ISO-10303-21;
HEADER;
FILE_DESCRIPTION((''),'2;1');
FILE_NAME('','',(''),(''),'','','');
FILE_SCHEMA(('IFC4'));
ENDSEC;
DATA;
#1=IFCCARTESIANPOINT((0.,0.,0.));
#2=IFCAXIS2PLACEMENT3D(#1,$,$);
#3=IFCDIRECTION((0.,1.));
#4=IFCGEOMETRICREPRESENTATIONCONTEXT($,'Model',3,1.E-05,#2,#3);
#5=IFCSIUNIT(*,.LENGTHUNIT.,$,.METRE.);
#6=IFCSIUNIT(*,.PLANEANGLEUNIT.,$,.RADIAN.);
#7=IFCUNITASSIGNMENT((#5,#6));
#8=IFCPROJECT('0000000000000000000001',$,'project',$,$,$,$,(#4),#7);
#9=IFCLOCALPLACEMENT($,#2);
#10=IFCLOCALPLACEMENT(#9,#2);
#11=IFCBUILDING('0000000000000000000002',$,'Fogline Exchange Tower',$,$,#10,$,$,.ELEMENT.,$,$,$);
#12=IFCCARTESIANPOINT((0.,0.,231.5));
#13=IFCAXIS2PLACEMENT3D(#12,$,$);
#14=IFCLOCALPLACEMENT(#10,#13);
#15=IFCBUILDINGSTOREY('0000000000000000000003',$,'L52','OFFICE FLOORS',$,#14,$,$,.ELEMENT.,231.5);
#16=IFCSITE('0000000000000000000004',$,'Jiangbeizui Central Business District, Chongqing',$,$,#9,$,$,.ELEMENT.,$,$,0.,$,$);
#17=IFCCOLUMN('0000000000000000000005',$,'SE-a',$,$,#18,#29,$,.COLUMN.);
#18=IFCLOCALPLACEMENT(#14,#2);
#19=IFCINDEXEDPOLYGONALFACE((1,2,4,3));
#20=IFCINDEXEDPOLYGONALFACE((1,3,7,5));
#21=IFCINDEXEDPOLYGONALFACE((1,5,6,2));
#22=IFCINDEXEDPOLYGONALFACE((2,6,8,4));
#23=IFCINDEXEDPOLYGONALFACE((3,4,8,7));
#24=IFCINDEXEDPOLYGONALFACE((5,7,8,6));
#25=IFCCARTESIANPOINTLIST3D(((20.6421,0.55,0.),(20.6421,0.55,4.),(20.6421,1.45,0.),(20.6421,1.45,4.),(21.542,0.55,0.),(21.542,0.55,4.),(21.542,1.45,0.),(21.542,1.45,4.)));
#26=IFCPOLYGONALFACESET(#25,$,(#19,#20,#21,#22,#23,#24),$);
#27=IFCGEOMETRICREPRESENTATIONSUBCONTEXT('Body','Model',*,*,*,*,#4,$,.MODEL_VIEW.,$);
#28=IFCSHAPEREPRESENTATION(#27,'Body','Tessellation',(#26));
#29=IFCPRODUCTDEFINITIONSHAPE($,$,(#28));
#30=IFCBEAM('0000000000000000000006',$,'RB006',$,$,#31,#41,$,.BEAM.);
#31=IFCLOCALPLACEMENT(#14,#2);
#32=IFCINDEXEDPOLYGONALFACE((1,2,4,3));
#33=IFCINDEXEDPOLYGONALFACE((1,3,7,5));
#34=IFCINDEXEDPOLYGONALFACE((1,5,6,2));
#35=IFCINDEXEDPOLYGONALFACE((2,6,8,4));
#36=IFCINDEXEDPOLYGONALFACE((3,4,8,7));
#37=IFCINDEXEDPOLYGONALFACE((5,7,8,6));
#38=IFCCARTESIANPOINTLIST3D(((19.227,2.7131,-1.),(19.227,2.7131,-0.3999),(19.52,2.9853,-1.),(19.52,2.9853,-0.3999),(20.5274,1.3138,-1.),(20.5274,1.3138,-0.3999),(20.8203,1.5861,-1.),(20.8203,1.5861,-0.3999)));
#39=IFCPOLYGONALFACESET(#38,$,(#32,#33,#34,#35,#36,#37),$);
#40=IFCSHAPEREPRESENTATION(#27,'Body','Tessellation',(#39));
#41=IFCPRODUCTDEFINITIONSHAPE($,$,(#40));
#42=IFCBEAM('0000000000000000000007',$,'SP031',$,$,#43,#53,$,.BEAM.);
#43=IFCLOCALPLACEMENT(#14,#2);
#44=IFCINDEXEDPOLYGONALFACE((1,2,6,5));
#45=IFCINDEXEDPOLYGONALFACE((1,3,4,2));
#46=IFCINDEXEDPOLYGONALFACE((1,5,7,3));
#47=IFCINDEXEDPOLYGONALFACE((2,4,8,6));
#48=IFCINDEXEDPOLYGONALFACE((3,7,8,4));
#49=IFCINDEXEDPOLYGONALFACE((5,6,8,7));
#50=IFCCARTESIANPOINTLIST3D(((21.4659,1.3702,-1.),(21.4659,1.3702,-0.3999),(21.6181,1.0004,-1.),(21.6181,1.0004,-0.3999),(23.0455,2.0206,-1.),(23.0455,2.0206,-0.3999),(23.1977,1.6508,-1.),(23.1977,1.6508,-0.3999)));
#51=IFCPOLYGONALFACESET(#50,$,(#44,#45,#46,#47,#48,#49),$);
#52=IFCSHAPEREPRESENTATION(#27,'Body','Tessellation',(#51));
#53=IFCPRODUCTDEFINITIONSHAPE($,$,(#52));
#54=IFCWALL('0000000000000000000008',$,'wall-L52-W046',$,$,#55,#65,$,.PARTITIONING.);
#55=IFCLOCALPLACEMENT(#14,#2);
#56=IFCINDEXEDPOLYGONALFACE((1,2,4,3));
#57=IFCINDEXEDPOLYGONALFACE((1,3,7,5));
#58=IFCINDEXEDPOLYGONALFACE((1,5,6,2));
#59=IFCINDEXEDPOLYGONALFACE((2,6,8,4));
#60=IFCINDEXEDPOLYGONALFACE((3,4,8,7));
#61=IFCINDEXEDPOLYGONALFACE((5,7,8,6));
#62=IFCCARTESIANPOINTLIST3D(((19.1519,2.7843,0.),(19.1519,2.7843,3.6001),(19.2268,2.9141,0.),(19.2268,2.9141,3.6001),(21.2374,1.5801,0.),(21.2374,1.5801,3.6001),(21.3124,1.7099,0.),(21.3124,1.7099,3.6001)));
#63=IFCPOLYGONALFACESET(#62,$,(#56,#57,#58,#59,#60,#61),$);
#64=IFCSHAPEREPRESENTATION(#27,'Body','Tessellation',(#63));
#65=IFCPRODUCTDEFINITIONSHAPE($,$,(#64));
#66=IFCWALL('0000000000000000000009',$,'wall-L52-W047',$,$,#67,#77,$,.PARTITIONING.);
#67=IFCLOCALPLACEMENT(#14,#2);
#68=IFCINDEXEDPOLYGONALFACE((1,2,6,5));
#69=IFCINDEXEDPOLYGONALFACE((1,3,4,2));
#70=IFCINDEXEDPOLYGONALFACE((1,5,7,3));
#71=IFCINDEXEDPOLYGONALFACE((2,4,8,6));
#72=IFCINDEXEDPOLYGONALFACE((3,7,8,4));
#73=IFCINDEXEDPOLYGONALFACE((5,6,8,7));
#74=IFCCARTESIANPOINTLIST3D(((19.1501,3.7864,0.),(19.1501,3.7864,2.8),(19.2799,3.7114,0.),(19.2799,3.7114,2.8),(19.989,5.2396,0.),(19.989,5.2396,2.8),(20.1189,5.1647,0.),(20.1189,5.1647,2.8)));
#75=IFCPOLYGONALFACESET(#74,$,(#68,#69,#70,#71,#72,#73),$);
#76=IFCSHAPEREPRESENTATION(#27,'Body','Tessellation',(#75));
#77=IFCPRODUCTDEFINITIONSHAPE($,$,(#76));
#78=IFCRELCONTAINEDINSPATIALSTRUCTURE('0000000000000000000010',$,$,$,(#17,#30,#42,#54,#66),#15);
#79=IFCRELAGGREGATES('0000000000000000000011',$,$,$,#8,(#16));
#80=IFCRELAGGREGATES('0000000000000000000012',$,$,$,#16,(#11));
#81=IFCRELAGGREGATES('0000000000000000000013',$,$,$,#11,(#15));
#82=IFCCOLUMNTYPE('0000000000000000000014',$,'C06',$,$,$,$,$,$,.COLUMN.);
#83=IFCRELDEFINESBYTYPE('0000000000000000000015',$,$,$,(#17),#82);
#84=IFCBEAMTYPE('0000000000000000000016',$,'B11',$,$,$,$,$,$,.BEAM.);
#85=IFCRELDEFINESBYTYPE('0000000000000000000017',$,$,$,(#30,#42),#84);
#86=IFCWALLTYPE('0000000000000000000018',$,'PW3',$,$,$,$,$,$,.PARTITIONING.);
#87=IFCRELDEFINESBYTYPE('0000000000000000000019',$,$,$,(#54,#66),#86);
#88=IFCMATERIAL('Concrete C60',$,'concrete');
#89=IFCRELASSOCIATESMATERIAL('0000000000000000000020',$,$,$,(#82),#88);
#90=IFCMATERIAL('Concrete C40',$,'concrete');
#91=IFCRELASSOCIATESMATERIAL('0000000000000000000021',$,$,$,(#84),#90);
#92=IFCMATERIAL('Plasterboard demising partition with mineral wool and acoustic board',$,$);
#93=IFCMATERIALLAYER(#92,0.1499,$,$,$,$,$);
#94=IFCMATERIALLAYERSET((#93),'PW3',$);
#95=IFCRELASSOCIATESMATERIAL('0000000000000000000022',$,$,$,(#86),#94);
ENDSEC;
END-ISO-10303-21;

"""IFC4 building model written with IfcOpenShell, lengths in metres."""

from ifc_helpers import new_model, si_unit, direction, frame, frame_2d, origin, origin_2d, place, context, subcontext, project, spatial, rectangle, extrude, material, layer, layer_set, material_profile, profile_set, type_object, element, save


model = new_model("IFC4")

# Units and contexts
model_context = context("Model", 3, precision=1e-05, world=origin(), true_north=direction((0.0, 1.0)))
body_context = subcontext(model_context, "Body", "Model", "MODEL_VIEW")
ifc_project = project(units=[si_unit("LENGTHUNIT", "METRE"), si_unit("PLANEANGLEUNIT", "RADIAN")], contexts=[model_context])

# Site, building, storey
site_placement = place(None, origin())
site = spatial("IfcSite", under=ifc_project, at=site_placement, Name="Jiangbeizui Central Business District, Chongqing", CompositionType="ELEMENT", RefElevation=0.0)
building_placement = place(site_placement, origin())
building = spatial("IfcBuilding", under=site, at=building_placement, Name="Fogline Exchange Tower", CompositionType="ELEMENT")
storey_placement = place(building_placement, frame((0.0, 0.0, 231.5)))
storey = spatial("IfcBuildingStorey", under=building, at=storey_placement, Name="L52", Description="OFFICE FLOORS", CompositionType="ELEMENT", Elevation=231.5)

# Column
ifc_material_1 = material(Name="Concrete C60", Category="concrete")
ifc_material_profile_1 = material_profile(ifc_material_1, rectangle(XDim=0.8999, YDim=0.8999, at=origin_2d()), Name="RC 900x900")
ifc_profile_set_1 = profile_set([ifc_material_profile_1], Name="Concrete C60")
column_type = type_object("IfcColumnType", Name="C06", PredefinedType="COLUMN", material=ifc_profile_set_1)
column_placement = place(storey_placement, frame((21.092, 1.0, 0.0), z_axis=(0.0, 0.0, 1.0), x_axis=(1.0, 0.0, 0.0)))
element("IfcColumn", 1, at=column_placement, inside=storey, type_object=column_type, Name="SE-a", PredefinedType="COLUMN", context=body_context, shape_type="SweptSolid", body=[
    extrude(rectangle(XDim=0.8999, YDim=0.8999, at=origin_2d()), origin(), (0.0, 0.0, 1.0), 4.0),
])

# Beams
ifc_material_2 = material(Name="Concrete C40", Category="concrete")
ifc_material_profile_2 = material_profile(ifc_material_2, rectangle(XDim=0.3999, YDim=0.6001, at=origin_2d()), Name="RC 400x600")
ifc_profile_set_2 = profile_set([ifc_material_profile_2], Name="Concrete C40")
beam_type = type_object("IfcBeamType", Name="B11", PredefinedType="BEAM", material=ifc_profile_set_2)
beam_1_placement = place(storey_placement, frame((20.6738, 1.45, -0.7), z_axis=(-0.68075, 0.732516, 0.0), x_axis=(-0.732516, -0.68075, 0.0)))
element("IfcBeam", 2, at=beam_1_placement, inside=storey, type_object=beam_type, Name="RB006", PredefinedType="BEAM", context=body_context, shape_type="SweptSolid", body=[
    extrude(rectangle(XDim=0.3999, YDim=0.6001, at=origin_2d()), origin(), (0.0, 0.0, 1.0), 1.9102),
])
beam_2_placement = place(storey_placement, frame((21.542, 1.1853, -0.7), z_axis=(0.924684, 0.380735, 0.0), x_axis=(-0.380735, 0.924684, 0.0)))
element("IfcBeam", 3, at=beam_2_placement, inside=storey, type_object=beam_type, Name="SP031", PredefinedType="BEAM", context=body_context, shape_type="SweptSolid", body=[
    extrude(rectangle(XDim=0.3999, YDim=0.6001, at=origin_2d()), origin(), (0.0, 0.0, 1.0), 1.7083),
])

# Walls
ifc_material_3 = material(Name="Plasterboard demising partition with mineral wool and acoustic board")
ifc_layer_1 = layer(ifc_material_3, 0.1499)
ifc_layer_set_1 = layer_set([ifc_layer_1], Name="PW3")
wall_type_1 = type_object("IfcWallType", Name="PW3", PredefinedType="PARTITIONING", material=ifc_layer_set_1)
wall_1_placement = place(storey_placement, frame((21.2749, 1.645, 0.0), z_axis=(0.0, 0.0, 1.0), x_axis=(-0.866013, 0.500021, 0.0)))
element("IfcWall", 4, at=wall_1_placement, inside=storey, type_object=wall_type_1, Name="wall-L52-W046", PredefinedType="PARTITIONING", context=body_context, shape_type="SweptSolid", body=[
    extrude(rectangle(XDim=2.4082, YDim=0.1499, at=frame_2d((1.2041, 0.0))), origin(), (0.0, 0.0, 1.0), 3.6001),
])
wall_2_placement = place(storey_placement, frame((19.2151, 3.749, 0.0), z_axis=(0.0, 0.0, 1.0), x_axis=(0.499958, 0.86605, 0.0)))
element("IfcWall", 5, at=wall_2_placement, inside=storey, type_object=wall_type_1, Name="wall-L52-W047", PredefinedType="PARTITIONING", context=body_context, shape_type="SweptSolid", body=[
    extrude(rectangle(XDim=1.678, YDim=0.1499, at=frame_2d((0.8389, 0.0))), origin(), (0.0, 0.0, 1.0), 2.8),
])

save(model, "model.ifc")
